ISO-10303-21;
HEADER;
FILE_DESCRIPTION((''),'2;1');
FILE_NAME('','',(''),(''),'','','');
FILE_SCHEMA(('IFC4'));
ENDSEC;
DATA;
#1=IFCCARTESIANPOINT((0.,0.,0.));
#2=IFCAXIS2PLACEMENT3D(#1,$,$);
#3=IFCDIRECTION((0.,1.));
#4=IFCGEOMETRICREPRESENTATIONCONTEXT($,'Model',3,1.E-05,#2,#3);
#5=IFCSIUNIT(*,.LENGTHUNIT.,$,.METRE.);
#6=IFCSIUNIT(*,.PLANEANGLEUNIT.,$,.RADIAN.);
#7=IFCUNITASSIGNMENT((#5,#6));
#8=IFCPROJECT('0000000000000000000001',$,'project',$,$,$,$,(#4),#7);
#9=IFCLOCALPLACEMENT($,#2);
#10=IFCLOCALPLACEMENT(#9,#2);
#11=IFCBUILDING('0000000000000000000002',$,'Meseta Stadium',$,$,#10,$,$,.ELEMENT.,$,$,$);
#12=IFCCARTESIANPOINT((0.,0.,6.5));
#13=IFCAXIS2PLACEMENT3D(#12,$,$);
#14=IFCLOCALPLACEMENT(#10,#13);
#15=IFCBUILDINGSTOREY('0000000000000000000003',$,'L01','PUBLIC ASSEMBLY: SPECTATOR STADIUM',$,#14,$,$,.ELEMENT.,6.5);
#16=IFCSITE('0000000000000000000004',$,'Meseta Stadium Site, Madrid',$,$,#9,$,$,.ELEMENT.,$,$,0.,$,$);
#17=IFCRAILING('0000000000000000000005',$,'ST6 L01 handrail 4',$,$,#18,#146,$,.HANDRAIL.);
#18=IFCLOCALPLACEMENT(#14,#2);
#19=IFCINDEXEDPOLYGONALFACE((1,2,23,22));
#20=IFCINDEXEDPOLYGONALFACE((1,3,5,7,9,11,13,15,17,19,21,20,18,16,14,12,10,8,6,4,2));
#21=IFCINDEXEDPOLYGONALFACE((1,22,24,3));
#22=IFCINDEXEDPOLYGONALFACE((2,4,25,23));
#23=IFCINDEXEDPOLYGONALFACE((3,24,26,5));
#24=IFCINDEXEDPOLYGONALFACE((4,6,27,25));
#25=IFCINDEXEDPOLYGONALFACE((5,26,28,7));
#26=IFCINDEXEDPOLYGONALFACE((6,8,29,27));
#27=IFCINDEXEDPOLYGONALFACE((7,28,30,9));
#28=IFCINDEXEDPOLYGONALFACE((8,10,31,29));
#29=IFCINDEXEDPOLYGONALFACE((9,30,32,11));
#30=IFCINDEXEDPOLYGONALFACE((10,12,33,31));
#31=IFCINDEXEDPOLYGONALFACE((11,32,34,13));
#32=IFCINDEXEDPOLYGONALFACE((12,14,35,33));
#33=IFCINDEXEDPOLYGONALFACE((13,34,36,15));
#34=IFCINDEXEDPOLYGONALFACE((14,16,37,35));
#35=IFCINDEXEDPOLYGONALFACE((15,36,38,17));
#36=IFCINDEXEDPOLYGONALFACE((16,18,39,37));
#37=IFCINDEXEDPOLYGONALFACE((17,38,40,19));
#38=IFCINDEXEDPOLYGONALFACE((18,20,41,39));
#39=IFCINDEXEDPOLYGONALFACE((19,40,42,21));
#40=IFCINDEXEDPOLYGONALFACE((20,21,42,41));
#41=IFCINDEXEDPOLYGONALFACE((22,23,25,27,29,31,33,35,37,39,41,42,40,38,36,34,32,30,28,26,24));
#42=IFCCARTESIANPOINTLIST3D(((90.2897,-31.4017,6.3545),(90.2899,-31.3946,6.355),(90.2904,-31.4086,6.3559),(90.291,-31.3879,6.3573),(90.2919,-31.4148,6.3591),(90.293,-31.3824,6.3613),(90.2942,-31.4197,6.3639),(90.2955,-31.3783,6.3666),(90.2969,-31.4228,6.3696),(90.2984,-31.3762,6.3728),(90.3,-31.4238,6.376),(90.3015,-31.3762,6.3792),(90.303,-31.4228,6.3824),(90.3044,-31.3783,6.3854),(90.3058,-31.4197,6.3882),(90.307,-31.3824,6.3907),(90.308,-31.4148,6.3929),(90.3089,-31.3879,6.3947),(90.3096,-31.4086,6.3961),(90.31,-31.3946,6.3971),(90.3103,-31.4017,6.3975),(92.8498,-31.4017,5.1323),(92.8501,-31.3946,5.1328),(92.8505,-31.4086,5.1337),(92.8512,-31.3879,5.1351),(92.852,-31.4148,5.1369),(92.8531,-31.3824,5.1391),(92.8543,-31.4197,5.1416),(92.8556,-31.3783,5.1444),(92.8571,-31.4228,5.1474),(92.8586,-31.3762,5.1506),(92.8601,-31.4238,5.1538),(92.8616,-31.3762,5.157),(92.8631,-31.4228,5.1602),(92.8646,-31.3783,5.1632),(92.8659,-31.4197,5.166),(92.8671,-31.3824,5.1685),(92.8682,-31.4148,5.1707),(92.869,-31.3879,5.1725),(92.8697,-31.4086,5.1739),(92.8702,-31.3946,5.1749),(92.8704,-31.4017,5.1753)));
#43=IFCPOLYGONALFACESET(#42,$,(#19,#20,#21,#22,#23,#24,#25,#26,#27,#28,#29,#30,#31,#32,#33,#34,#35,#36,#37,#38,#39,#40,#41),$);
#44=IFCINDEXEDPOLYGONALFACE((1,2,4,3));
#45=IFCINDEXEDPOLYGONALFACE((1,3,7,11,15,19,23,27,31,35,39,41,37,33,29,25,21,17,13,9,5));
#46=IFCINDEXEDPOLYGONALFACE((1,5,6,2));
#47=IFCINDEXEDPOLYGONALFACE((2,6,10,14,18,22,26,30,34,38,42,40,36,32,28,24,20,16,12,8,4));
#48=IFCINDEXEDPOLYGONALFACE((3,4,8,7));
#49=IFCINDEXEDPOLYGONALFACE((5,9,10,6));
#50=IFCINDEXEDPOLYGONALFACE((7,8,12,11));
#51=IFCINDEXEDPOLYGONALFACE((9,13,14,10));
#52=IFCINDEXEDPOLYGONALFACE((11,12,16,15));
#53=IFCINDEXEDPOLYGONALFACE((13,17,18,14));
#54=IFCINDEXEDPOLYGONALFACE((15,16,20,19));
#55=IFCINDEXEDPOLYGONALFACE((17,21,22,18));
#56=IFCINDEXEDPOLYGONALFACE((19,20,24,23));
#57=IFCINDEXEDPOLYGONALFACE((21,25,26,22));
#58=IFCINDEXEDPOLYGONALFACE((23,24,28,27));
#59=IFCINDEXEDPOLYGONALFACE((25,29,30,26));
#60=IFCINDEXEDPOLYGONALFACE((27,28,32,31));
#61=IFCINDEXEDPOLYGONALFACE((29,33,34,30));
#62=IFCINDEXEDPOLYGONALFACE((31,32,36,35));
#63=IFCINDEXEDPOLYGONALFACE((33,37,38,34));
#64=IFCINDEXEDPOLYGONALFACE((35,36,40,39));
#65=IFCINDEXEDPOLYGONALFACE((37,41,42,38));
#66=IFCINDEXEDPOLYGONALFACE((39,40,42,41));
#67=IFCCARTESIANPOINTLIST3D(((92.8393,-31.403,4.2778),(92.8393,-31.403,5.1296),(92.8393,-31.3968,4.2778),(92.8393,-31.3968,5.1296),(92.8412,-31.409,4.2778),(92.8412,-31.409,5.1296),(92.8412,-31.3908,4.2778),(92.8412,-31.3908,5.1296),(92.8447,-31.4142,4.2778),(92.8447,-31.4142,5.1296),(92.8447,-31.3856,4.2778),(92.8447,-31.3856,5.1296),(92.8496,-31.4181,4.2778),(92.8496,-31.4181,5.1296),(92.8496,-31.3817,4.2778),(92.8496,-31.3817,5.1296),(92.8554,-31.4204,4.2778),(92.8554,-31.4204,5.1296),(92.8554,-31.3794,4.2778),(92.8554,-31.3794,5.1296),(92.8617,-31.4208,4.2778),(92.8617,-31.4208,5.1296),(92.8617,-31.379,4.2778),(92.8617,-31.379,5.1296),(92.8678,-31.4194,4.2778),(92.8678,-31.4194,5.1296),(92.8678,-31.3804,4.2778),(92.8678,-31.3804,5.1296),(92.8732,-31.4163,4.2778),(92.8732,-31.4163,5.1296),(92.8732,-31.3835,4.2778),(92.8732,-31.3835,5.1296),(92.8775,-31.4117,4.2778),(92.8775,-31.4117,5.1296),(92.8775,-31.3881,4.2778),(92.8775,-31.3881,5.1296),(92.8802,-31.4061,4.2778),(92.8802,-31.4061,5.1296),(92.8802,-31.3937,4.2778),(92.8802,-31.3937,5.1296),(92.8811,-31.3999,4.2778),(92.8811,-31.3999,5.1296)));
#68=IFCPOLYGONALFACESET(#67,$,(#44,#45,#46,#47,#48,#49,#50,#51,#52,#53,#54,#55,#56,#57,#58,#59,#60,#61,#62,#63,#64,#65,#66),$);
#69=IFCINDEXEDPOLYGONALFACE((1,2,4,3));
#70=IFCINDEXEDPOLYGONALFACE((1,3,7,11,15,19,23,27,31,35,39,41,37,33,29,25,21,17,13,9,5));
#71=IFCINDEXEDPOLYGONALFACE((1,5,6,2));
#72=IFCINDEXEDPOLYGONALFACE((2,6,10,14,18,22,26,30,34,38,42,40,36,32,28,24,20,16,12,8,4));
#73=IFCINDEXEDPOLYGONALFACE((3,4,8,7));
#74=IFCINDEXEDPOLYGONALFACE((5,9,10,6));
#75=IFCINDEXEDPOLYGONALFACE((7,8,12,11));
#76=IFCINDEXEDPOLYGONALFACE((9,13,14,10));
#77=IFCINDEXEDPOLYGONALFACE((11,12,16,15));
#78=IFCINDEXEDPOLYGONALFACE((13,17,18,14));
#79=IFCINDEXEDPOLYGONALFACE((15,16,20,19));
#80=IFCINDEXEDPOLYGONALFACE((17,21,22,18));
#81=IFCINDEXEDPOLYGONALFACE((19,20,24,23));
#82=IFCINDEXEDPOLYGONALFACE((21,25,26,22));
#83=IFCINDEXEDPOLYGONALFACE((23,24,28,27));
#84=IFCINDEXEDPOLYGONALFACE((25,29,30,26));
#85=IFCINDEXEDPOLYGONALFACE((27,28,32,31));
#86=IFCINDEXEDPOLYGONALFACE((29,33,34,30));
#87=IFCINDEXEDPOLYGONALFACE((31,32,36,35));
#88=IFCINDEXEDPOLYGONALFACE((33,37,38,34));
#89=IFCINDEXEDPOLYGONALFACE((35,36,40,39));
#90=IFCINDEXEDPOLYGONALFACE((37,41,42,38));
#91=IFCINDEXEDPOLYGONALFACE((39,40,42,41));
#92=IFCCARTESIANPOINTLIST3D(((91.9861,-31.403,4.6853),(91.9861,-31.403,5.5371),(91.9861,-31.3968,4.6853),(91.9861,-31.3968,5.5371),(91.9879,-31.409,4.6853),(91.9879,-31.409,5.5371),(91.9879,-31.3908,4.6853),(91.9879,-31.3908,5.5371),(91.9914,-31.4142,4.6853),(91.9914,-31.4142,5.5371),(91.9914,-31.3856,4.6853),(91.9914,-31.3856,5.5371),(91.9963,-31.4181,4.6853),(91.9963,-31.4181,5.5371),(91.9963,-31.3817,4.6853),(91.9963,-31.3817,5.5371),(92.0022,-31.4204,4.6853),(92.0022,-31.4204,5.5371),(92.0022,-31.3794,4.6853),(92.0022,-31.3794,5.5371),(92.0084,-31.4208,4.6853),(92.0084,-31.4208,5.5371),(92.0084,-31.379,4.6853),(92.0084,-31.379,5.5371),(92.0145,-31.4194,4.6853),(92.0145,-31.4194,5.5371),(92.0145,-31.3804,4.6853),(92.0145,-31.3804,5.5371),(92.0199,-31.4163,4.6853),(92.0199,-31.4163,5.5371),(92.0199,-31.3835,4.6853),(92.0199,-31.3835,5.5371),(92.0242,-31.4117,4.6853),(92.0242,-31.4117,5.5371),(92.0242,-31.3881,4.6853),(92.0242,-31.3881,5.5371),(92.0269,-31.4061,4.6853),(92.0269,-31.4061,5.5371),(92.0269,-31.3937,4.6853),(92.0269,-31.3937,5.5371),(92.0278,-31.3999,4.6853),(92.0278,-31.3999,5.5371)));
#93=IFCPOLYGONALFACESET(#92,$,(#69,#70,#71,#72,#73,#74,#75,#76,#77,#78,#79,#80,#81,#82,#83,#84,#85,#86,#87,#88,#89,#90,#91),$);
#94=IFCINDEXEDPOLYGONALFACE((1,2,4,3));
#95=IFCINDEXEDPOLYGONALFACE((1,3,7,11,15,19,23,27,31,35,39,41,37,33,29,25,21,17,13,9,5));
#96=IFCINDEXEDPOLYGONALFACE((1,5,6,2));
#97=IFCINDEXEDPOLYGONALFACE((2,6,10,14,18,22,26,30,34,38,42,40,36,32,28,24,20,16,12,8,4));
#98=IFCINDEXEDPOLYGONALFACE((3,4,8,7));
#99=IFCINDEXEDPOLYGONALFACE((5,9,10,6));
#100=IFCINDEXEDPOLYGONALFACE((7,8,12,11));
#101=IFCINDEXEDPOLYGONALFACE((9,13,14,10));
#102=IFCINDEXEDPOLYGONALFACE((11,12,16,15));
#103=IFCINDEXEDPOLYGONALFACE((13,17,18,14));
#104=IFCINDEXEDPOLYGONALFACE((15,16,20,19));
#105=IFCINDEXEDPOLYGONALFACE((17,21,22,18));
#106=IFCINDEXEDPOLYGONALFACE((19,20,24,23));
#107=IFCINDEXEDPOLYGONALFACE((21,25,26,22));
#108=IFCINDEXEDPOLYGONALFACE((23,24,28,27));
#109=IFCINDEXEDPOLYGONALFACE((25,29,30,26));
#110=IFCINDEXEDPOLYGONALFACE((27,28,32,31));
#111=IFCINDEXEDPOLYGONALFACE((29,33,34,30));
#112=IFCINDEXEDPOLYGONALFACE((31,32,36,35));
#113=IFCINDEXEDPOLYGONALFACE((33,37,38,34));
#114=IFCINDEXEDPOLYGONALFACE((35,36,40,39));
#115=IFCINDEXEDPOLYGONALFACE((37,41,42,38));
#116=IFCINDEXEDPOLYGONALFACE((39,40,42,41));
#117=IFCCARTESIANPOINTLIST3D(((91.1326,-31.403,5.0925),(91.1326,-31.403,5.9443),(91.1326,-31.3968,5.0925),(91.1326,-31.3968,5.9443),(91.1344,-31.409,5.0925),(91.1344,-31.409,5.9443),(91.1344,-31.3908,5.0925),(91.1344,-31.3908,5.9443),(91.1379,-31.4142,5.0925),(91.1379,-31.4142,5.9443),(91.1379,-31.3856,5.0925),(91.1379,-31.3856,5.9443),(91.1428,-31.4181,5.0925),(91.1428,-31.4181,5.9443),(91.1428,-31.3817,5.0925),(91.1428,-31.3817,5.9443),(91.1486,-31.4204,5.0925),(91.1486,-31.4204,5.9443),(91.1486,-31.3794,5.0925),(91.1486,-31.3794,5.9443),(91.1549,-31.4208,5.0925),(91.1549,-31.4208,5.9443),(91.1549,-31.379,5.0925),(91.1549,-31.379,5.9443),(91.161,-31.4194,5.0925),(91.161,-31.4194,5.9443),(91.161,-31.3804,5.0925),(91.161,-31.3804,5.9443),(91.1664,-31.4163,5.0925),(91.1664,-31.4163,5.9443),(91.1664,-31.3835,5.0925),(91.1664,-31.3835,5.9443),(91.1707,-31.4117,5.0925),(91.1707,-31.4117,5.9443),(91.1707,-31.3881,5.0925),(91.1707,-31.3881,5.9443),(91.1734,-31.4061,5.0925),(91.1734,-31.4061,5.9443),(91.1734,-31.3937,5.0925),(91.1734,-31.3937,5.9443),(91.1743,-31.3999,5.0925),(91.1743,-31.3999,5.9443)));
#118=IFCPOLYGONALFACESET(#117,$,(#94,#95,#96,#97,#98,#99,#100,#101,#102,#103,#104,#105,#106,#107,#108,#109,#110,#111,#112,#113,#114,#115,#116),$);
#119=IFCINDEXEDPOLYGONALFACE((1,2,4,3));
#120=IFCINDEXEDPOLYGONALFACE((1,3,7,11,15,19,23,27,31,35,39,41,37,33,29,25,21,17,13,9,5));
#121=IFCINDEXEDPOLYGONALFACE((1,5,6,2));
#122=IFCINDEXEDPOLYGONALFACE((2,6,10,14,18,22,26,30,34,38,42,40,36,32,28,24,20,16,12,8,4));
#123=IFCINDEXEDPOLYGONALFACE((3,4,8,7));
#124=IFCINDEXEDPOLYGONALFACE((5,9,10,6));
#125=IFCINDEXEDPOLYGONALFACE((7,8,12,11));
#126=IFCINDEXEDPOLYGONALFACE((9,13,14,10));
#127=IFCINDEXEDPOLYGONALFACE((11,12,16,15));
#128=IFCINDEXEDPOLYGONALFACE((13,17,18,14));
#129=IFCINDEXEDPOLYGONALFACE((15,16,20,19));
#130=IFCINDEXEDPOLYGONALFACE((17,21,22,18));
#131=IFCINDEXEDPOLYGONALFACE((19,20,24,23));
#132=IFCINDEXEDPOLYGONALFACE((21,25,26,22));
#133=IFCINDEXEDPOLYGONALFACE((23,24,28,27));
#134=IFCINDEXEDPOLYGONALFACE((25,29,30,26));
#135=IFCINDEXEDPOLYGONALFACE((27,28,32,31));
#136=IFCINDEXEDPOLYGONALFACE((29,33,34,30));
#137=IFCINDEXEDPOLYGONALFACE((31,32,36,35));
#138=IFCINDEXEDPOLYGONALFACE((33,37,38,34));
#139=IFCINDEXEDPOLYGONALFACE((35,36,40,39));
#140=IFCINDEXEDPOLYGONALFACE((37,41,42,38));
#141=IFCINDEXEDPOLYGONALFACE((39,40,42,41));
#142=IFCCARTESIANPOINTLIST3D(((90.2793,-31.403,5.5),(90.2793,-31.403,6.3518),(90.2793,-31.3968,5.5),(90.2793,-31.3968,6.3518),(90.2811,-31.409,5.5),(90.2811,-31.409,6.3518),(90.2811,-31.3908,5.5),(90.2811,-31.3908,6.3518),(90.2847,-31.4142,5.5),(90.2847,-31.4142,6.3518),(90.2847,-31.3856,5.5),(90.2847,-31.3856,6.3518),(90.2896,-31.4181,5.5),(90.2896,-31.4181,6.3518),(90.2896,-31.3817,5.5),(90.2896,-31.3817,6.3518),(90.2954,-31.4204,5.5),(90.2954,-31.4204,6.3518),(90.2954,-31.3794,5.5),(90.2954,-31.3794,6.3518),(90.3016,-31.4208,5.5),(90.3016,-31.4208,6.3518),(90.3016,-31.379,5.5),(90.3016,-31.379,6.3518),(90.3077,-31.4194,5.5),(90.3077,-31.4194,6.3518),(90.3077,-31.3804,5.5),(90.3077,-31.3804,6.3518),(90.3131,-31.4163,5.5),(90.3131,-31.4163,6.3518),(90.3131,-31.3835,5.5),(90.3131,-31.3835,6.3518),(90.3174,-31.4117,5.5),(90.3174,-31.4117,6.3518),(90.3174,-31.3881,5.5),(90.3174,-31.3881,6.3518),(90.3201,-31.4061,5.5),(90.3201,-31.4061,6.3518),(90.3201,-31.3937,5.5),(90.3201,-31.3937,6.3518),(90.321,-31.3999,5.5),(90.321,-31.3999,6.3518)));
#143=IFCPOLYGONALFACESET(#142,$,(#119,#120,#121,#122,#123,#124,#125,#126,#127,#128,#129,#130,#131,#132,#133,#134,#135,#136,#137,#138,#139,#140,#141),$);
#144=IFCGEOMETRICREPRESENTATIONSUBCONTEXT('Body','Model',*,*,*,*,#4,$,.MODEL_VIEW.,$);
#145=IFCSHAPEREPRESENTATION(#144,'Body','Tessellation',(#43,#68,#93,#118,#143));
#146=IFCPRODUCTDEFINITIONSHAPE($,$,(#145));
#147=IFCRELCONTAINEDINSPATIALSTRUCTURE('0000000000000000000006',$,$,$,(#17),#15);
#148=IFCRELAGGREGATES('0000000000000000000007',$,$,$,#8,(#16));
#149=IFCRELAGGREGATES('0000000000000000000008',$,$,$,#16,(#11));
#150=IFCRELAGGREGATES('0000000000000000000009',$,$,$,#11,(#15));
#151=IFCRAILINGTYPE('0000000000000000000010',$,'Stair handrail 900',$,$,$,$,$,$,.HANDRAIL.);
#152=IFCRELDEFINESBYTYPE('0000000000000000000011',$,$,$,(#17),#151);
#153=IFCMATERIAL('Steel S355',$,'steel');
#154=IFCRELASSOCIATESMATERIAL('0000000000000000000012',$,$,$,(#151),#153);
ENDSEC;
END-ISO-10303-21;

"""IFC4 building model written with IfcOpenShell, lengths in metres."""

from ifc_helpers import new_model, si_unit, direction, frame, origin, origin_2d, place, context, subcontext, project, spatial, circle, extrude, material, type_object, element, save


model = new_model("IFC4")

# Units and contexts
model_context = context("Model", 3, precision=1e-05, world=origin(), true_north=direction((0.0, 1.0)))
body_context = subcontext(model_context, "Body", "Model", "MODEL_VIEW")
ifc_project = project(units=[si_unit("LENGTHUNIT", "METRE"), si_unit("PLANEANGLEUNIT", "RADIAN")], contexts=[model_context])

# Site, building, storey
site_placement = place(None, origin())
site = spatial("IfcSite", under=ifc_project, at=site_placement, Name="Meseta Stadium Site, Madrid", CompositionType="ELEMENT", RefElevation=0.0)
building_placement = place(site_placement, origin())
building = spatial("IfcBuilding", under=site, at=building_placement, Name="Meseta Stadium", CompositionType="ELEMENT")
storey_placement = place(building_placement, frame((0.0, 0.0, 6.5)))
storey = spatial("IfcBuildingStorey", under=building, at=storey_placement, Name="L01", Description="PUBLIC ASSEMBLY: SPECTATOR STADIUM", CompositionType="ELEMENT", Elevation=6.5)

# Railing
ifc_material_1 = material(Name="Steel S355", Category="steel")
railing_type_1 = type_object("IfcRailingType", Name="Stair handrail 900", PredefinedType="HANDRAIL", material=ifc_material_1)
for number, where, name in (
    (1, (92.8601, -31.3999, 4.2778), "ST6 L01 handrail 4"),
):
    element("IfcRailing", number, at=place(storey_placement, frame(where)), inside=storey, type_object=railing_type_1, Name=name, PredefinedType="HANDRAIL", context=body_context, shape_type="SweptSolid", body=[
        extrude(circle(Radius=0.0239, at=origin_2d()), frame((0.0, 0.0, 0.876), z_axis=(-0.902437, 0.0, 0.430822), x_axis=(0.0, -1.0, 0.0)), (0.0, 0.0, 1.0), 2.8369),
        extrude(circle(Radius=0.021, at=origin_2d()), origin(), (0.0, 0.0, 1.0), 0.8518),
        extrude(circle(Radius=0.021, at=origin_2d()), frame((-0.8533, 0.0, 0.4075)), (0.0, 0.0, 1.0), 0.8518),
        extrude(circle(Radius=0.021, at=origin_2d()), frame((-1.7068, 0.0, 0.8147)), (0.0, 0.0, 1.0), 0.8518),
        extrude(circle(Radius=0.021, at=origin_2d()), frame((-2.5601, 0.0, 1.2222)), (0.0, 0.0, 1.0), 0.8518),
    ])

save(model, "model.ifc")
